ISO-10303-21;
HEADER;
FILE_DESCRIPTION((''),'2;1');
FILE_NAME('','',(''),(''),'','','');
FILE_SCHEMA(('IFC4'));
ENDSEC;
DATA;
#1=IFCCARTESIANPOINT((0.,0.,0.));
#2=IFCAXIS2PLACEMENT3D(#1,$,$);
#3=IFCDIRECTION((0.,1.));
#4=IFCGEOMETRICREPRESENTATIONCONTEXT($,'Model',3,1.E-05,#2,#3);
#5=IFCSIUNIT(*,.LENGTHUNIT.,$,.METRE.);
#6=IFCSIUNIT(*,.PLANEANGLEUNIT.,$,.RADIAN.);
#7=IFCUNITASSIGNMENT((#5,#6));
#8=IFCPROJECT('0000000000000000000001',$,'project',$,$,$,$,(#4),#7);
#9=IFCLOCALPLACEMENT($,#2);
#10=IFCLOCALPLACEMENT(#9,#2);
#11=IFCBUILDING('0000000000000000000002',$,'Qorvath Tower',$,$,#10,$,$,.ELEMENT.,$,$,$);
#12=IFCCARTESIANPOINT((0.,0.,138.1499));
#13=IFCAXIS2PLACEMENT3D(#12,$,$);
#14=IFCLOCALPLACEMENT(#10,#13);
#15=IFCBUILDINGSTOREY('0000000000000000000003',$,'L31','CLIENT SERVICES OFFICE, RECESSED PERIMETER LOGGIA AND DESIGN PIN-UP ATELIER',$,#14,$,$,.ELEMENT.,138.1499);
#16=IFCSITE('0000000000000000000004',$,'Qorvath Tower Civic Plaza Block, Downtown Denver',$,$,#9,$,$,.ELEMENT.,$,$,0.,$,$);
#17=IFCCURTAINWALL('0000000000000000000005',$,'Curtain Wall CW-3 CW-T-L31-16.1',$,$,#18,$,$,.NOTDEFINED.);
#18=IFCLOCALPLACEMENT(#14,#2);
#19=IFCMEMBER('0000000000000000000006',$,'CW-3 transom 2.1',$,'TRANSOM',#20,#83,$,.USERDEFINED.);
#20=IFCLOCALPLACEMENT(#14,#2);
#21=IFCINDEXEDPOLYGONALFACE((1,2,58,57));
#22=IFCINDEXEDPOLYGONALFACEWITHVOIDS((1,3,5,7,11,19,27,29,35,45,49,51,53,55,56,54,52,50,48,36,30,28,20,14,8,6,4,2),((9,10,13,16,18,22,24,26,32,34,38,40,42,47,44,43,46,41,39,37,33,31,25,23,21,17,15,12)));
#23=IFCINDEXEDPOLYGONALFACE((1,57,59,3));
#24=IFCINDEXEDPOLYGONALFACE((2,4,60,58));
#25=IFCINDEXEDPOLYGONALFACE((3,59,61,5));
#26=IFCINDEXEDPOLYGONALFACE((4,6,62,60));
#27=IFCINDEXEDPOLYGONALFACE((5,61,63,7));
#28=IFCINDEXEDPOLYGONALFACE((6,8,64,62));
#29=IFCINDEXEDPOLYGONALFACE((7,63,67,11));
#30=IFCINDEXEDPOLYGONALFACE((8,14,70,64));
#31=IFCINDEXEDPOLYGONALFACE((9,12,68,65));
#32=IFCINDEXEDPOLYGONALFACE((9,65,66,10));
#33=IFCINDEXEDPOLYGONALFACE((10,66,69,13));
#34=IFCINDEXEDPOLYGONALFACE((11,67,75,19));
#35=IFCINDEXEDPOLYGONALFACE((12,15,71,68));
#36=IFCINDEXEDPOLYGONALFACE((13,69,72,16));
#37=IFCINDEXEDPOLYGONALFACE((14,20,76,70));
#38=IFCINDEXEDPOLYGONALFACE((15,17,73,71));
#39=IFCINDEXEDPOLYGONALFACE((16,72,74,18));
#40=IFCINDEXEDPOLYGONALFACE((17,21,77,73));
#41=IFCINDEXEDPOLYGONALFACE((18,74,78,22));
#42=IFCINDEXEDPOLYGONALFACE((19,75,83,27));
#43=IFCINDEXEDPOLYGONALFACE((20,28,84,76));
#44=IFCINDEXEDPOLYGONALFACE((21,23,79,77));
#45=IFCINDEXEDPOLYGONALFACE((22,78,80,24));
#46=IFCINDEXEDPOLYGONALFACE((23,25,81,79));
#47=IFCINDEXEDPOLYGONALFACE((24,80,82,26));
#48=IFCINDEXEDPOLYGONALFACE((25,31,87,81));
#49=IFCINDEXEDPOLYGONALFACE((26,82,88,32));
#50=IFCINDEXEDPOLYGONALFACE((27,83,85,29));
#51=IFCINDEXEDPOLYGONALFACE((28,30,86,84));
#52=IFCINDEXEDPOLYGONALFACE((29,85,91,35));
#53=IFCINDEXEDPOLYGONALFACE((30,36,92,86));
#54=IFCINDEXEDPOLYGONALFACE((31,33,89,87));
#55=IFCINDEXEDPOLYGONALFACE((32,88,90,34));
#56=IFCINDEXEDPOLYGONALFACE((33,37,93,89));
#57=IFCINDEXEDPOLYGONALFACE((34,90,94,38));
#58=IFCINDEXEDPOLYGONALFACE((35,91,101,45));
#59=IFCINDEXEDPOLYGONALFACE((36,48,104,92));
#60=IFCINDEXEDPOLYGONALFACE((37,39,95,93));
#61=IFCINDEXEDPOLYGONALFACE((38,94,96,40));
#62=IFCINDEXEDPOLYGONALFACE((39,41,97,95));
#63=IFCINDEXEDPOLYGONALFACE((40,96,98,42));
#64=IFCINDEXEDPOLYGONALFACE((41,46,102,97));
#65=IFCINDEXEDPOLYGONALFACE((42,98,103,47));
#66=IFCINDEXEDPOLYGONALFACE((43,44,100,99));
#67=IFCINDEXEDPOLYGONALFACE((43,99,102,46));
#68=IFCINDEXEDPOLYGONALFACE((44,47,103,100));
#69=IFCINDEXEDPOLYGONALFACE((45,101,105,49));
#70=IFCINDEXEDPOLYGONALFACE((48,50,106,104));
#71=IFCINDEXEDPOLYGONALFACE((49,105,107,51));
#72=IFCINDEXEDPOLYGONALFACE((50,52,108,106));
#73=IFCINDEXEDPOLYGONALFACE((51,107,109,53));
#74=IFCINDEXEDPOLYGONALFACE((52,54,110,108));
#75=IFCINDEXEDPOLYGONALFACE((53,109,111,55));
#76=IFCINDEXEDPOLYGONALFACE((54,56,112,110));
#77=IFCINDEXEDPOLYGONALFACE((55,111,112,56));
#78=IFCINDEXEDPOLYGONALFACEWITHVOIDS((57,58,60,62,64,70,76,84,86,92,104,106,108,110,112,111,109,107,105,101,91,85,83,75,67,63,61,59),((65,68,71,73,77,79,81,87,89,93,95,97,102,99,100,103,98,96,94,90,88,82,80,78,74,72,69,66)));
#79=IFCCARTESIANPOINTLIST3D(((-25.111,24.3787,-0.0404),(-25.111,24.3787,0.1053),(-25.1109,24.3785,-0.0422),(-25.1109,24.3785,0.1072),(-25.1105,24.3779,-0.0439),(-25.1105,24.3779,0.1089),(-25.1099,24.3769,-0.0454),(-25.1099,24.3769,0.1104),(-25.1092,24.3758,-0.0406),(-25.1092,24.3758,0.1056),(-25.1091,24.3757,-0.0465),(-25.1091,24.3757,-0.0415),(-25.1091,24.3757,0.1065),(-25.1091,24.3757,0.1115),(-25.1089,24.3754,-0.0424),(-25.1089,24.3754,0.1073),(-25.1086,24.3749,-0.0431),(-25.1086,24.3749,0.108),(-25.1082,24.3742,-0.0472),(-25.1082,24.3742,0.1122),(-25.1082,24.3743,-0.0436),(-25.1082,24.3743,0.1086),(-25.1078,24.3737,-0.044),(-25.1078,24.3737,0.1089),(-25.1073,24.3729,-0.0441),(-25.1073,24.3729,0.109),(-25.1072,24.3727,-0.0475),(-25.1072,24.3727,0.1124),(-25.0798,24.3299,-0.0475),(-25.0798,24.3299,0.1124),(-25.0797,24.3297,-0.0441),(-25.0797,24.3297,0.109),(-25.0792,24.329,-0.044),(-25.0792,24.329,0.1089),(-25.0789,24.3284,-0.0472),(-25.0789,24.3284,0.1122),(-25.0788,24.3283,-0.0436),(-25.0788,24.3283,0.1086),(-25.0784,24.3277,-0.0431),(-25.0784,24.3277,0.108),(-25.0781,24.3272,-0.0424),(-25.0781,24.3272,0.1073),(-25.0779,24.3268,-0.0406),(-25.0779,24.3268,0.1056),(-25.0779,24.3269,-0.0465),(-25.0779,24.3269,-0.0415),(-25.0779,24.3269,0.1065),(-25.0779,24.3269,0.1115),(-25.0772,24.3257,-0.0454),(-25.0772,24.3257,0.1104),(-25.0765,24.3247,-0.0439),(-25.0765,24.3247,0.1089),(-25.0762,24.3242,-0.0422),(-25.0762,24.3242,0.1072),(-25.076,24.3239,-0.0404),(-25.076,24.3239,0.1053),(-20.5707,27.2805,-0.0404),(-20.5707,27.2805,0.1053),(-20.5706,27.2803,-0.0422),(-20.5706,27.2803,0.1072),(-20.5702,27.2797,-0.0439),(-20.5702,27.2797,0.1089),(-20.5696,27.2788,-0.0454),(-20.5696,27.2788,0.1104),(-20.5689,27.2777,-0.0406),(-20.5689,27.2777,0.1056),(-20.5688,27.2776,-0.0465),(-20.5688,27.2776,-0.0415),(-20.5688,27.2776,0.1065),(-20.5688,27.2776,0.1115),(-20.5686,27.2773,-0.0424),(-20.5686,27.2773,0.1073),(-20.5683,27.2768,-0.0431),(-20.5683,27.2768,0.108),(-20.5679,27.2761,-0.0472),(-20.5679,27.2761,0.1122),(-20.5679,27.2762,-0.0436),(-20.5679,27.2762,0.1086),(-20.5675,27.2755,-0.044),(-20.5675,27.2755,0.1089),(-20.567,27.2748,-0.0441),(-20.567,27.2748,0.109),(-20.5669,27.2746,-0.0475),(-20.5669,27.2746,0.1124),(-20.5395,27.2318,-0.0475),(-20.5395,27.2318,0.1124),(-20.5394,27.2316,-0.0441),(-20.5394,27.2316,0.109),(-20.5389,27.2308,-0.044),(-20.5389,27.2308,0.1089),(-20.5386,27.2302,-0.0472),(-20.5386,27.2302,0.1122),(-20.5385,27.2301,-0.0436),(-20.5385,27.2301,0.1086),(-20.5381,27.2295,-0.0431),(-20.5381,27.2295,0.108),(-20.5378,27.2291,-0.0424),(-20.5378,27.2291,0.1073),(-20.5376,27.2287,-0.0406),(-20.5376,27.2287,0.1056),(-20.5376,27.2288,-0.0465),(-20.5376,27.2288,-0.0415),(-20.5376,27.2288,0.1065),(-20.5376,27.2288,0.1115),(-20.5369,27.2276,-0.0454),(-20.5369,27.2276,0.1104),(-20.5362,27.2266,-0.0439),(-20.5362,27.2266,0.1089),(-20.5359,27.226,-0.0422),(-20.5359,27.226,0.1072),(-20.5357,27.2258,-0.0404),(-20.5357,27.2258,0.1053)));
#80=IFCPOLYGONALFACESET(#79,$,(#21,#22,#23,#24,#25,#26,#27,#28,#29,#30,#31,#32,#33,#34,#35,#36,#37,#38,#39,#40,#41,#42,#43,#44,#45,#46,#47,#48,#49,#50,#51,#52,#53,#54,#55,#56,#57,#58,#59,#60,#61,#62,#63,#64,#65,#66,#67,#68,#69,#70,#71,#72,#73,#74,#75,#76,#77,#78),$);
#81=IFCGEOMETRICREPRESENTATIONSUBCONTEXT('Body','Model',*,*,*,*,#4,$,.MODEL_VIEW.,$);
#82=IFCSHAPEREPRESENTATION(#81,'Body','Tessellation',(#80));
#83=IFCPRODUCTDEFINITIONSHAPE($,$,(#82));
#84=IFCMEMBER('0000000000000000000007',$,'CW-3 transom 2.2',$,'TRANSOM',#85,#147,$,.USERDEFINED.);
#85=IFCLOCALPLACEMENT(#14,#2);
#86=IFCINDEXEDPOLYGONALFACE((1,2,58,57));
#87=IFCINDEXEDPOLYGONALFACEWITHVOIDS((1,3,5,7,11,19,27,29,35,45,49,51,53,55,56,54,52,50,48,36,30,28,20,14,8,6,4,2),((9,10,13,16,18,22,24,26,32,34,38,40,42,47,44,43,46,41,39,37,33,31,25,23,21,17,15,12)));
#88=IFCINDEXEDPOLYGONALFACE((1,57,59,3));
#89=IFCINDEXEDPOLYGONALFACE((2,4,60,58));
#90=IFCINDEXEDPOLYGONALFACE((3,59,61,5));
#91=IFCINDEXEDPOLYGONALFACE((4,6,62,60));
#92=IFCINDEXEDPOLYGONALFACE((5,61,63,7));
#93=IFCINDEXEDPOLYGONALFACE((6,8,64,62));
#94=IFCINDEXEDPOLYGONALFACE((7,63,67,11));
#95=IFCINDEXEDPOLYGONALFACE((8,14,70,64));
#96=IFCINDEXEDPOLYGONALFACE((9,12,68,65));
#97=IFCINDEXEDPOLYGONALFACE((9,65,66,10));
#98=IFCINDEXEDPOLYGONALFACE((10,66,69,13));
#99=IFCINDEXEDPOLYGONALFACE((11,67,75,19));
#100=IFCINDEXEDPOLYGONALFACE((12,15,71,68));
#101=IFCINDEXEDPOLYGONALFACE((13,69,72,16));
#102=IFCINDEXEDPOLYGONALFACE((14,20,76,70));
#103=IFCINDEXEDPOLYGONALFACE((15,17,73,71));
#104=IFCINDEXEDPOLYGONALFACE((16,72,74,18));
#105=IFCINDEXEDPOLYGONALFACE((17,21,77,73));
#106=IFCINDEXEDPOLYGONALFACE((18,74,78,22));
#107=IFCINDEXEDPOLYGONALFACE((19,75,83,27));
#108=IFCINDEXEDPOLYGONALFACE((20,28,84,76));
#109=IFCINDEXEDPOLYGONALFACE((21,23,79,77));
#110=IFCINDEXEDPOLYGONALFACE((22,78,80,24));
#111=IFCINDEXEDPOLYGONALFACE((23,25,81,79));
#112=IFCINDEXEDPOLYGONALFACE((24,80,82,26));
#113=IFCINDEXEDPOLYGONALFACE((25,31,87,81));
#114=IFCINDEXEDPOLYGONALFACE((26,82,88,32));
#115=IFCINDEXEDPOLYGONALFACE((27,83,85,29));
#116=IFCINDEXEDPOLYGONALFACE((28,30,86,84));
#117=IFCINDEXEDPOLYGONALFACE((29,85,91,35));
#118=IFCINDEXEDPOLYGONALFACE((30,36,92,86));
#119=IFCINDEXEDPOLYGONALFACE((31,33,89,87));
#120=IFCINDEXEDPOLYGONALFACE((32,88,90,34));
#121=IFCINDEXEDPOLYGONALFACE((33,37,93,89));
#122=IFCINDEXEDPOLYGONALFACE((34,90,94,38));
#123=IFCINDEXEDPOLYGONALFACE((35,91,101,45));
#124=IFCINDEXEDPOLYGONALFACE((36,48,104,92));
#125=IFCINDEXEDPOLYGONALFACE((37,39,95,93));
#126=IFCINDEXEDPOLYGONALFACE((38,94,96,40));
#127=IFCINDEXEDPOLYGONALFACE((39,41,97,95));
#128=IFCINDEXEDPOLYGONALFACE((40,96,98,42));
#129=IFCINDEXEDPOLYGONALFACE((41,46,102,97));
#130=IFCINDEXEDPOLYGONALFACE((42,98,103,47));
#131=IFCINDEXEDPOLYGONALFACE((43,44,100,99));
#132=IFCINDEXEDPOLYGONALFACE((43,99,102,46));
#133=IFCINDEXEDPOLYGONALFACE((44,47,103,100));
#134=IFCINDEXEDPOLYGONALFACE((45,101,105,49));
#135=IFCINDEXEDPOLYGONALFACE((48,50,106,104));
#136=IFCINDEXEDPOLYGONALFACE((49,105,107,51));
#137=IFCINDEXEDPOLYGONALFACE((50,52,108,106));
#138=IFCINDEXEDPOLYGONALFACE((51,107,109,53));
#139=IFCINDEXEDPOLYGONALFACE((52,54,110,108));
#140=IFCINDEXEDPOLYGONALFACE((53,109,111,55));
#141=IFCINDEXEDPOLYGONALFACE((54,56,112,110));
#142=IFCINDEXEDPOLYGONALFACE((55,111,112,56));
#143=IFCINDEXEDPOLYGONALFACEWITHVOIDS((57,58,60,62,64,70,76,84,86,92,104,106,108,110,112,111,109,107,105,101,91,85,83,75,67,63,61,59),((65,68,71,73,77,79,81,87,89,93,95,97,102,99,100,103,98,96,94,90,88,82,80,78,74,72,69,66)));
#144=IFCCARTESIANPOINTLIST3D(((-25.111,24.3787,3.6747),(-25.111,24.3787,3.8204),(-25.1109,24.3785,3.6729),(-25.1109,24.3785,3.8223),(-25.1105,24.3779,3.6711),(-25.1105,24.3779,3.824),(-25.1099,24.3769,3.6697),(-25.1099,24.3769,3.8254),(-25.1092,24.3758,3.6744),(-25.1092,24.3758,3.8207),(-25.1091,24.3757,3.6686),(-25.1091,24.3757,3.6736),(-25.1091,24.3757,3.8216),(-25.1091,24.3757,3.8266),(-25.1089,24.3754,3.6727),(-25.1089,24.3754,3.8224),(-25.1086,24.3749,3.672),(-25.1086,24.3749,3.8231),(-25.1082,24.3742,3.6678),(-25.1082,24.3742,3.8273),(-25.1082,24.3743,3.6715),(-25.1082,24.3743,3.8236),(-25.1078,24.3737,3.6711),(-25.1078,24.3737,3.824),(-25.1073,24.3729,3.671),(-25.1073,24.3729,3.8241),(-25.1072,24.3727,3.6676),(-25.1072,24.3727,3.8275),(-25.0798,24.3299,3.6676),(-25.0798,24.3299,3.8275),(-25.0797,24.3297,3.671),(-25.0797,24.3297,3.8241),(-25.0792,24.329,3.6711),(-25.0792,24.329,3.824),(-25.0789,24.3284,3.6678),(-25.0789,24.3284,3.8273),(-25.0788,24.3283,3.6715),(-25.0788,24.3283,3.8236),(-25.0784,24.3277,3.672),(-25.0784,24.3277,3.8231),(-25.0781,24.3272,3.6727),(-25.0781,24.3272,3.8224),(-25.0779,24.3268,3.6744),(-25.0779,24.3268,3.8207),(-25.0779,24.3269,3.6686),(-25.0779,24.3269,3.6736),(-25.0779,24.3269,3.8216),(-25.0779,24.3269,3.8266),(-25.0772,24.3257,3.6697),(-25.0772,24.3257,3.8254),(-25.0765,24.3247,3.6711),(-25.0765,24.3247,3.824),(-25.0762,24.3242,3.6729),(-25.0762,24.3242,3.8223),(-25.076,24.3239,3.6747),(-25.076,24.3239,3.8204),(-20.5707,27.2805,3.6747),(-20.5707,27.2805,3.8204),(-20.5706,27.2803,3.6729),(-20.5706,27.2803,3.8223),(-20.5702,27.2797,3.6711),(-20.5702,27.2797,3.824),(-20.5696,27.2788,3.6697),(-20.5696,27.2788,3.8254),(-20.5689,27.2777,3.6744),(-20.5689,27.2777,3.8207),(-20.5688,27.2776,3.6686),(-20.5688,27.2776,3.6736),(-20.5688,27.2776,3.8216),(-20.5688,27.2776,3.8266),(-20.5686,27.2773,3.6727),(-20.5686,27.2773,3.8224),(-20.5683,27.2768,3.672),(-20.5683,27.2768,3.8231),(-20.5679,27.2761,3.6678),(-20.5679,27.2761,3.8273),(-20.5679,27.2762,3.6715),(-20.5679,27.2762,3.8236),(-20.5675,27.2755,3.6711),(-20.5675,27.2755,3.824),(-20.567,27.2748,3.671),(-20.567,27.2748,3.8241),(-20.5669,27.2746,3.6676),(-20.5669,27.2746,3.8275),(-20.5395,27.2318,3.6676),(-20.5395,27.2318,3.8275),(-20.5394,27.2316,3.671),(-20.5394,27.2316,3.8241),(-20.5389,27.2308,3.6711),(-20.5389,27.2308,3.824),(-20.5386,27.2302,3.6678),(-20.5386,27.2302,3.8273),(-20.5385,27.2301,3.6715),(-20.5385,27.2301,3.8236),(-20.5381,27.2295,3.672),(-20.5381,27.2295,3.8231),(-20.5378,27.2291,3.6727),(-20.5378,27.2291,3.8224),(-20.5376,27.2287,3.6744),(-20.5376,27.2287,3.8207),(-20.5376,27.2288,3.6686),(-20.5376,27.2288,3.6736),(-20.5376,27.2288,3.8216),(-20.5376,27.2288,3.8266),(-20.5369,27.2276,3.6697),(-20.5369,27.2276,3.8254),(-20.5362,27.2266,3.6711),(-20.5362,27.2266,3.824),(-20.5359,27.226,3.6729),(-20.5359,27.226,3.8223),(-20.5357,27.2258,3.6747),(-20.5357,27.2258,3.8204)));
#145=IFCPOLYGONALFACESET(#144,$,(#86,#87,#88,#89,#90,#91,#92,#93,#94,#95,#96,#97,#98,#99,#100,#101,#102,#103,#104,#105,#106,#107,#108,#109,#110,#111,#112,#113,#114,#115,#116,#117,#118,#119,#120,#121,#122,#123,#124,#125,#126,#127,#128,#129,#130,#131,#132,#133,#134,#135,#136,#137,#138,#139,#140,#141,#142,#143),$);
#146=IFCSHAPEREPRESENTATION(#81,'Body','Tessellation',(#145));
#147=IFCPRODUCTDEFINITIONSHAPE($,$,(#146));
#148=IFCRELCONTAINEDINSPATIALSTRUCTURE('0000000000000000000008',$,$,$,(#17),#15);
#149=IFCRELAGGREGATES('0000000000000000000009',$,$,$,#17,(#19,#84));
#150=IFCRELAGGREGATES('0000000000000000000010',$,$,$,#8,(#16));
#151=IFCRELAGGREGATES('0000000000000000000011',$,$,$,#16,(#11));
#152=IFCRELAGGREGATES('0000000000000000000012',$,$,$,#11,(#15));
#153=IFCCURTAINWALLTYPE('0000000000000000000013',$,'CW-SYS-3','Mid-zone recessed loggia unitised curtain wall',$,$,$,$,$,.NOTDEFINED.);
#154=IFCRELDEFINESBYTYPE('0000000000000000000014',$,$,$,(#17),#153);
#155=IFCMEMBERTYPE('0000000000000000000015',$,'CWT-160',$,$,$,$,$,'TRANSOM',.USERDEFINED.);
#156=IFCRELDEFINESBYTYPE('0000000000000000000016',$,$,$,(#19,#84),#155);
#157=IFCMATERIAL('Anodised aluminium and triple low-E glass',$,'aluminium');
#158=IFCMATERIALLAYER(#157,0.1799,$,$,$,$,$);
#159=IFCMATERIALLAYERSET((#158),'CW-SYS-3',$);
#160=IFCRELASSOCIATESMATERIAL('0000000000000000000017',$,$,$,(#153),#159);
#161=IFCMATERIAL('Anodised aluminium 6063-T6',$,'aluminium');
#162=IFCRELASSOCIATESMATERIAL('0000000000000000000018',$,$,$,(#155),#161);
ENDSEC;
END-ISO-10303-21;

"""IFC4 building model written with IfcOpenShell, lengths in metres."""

from ifc_helpers import new_model, si_unit, direction, frame, origin, origin_2d, place, context, subcontext, project, spatial, hollow_rectangle, extrude, material, layer, layer_set, material_profile, profile_set, type_object, element, aggregate, save


model = new_model("IFC4")

# Units and contexts
model_context = context("Model", 3, precision=1e-05, world=origin(), true_north=direction((0.0, 1.0)))
body_context = subcontext(model_context, "Body", "Model", "MODEL_VIEW")
ifc_project = project(units=[si_unit("LENGTHUNIT", "METRE"), si_unit("PLANEANGLEUNIT", "RADIAN")], contexts=[model_context])

# Site, building, storey
site_placement = place(None, origin())
site = spatial("IfcSite", under=ifc_project, at=site_placement, Name="Qorvath Tower Civic Plaza Block, Downtown Denver", CompositionType="ELEMENT", RefElevation=0.0)
building_placement = place(site_placement, origin())
building = spatial("IfcBuilding", under=site, at=building_placement, Name="Qorvath Tower", CompositionType="ELEMENT")
storey_placement = place(building_placement, frame((0.0, 0.0, 138.1499)))
storey = spatial("IfcBuildingStorey", under=building, at=storey_placement, Name="L31", Description="CLIENT SERVICES OFFICE, RECESSED PERIMETER LOGGIA AND DESIGN PIN-UP ATELIER", CompositionType="ELEMENT", Elevation=138.1499)

# Shared definitions
ifc_material_1 = material(Name="Anodised aluminium and triple low-E glass", Category="aluminium")
ifc_layer_1 = layer(ifc_material_1, 0.1799)
ifc_layer_set_1 = layer_set([ifc_layer_1], Name="CW-SYS-3")
curtain_wall_type = type_object("IfcCurtainWallType", Name="CW-SYS-3", Description="Mid-zone recessed loggia unitised curtain wall", PredefinedType="NOTDEFINED", material=ifc_layer_set_1)

# Curtain wall
curtain_wall_1_placement = place(storey_placement, origin())
curtain_wall_1 = element("IfcCurtainWall", 1, at=curtain_wall_1_placement, inside=storey, type_object=curtain_wall_type, Name="Curtain Wall CW-3 CW-T-L31-16.1", PredefinedType="NOTDEFINED")

# Members
ifc_material_2 = material(Name="Anodised aluminium 6063-T6", Category="aluminium")
ifc_material_profile_1 = material_profile(ifc_material_2, hollow_rectangle(XDim=0.0649, YDim=0.1599, WallThickness=0.0034, InnerFilletRadius=0.0034, OuterFilletRadius=0.0071, at=origin_2d()), Name="CWT 160x65")
ifc_profile_set_1 = profile_set([ifc_material_profile_1], Name="Anodised aluminium 6063-T6")
member_type_1 = type_object("IfcMemberType", Name="CWT-160", ElementType="TRANSOM", PredefinedType="USERDEFINED", material=ifc_profile_set_1)
member_1_placement = place(storey_placement, frame((-20.5532, 27.2532, 0.0325), z_axis=(-0.842602, -0.538537, 0.0), x_axis=(0.538537, -0.842602, 0.0)))
member_1 = element("IfcMember", 2, at=member_1_placement, type_object=member_type_1, Name="CW-3 transom 2.1", ObjectType="TRANSOM", PredefinedType="USERDEFINED", context=body_context, shape_type="SweptSolid", body=[
    extrude(hollow_rectangle(XDim=0.0649, YDim=0.1599, WallThickness=0.0034, InnerFilletRadius=0.0034, OuterFilletRadius=0.0071, at=origin_2d()), origin(), (0.0, 0.0, 1.0), 5.3884),
])
member_2_placement = place(storey_placement, frame((-20.5532, 27.2532, 3.7476), z_axis=(-0.842602, -0.538537, 0.0), x_axis=(0.538537, -0.842602, 0.0)))
member_2 = element("IfcMember", 3, at=member_2_placement, type_object=member_type_1, Name="CW-3 transom 2.2", ObjectType="TRANSOM", PredefinedType="USERDEFINED", context=body_context, shape_type="SweptSolid", body=[
    extrude(hollow_rectangle(XDim=0.0649, YDim=0.1599, WallThickness=0.0034, InnerFilletRadius=0.0034, OuterFilletRadius=0.0071, at=origin_2d()), origin(), (0.0, 0.0, 1.0), 5.3884),
])

aggregate(curtain_wall_1, [member_1, member_2])

save(model, "model.ifc")
